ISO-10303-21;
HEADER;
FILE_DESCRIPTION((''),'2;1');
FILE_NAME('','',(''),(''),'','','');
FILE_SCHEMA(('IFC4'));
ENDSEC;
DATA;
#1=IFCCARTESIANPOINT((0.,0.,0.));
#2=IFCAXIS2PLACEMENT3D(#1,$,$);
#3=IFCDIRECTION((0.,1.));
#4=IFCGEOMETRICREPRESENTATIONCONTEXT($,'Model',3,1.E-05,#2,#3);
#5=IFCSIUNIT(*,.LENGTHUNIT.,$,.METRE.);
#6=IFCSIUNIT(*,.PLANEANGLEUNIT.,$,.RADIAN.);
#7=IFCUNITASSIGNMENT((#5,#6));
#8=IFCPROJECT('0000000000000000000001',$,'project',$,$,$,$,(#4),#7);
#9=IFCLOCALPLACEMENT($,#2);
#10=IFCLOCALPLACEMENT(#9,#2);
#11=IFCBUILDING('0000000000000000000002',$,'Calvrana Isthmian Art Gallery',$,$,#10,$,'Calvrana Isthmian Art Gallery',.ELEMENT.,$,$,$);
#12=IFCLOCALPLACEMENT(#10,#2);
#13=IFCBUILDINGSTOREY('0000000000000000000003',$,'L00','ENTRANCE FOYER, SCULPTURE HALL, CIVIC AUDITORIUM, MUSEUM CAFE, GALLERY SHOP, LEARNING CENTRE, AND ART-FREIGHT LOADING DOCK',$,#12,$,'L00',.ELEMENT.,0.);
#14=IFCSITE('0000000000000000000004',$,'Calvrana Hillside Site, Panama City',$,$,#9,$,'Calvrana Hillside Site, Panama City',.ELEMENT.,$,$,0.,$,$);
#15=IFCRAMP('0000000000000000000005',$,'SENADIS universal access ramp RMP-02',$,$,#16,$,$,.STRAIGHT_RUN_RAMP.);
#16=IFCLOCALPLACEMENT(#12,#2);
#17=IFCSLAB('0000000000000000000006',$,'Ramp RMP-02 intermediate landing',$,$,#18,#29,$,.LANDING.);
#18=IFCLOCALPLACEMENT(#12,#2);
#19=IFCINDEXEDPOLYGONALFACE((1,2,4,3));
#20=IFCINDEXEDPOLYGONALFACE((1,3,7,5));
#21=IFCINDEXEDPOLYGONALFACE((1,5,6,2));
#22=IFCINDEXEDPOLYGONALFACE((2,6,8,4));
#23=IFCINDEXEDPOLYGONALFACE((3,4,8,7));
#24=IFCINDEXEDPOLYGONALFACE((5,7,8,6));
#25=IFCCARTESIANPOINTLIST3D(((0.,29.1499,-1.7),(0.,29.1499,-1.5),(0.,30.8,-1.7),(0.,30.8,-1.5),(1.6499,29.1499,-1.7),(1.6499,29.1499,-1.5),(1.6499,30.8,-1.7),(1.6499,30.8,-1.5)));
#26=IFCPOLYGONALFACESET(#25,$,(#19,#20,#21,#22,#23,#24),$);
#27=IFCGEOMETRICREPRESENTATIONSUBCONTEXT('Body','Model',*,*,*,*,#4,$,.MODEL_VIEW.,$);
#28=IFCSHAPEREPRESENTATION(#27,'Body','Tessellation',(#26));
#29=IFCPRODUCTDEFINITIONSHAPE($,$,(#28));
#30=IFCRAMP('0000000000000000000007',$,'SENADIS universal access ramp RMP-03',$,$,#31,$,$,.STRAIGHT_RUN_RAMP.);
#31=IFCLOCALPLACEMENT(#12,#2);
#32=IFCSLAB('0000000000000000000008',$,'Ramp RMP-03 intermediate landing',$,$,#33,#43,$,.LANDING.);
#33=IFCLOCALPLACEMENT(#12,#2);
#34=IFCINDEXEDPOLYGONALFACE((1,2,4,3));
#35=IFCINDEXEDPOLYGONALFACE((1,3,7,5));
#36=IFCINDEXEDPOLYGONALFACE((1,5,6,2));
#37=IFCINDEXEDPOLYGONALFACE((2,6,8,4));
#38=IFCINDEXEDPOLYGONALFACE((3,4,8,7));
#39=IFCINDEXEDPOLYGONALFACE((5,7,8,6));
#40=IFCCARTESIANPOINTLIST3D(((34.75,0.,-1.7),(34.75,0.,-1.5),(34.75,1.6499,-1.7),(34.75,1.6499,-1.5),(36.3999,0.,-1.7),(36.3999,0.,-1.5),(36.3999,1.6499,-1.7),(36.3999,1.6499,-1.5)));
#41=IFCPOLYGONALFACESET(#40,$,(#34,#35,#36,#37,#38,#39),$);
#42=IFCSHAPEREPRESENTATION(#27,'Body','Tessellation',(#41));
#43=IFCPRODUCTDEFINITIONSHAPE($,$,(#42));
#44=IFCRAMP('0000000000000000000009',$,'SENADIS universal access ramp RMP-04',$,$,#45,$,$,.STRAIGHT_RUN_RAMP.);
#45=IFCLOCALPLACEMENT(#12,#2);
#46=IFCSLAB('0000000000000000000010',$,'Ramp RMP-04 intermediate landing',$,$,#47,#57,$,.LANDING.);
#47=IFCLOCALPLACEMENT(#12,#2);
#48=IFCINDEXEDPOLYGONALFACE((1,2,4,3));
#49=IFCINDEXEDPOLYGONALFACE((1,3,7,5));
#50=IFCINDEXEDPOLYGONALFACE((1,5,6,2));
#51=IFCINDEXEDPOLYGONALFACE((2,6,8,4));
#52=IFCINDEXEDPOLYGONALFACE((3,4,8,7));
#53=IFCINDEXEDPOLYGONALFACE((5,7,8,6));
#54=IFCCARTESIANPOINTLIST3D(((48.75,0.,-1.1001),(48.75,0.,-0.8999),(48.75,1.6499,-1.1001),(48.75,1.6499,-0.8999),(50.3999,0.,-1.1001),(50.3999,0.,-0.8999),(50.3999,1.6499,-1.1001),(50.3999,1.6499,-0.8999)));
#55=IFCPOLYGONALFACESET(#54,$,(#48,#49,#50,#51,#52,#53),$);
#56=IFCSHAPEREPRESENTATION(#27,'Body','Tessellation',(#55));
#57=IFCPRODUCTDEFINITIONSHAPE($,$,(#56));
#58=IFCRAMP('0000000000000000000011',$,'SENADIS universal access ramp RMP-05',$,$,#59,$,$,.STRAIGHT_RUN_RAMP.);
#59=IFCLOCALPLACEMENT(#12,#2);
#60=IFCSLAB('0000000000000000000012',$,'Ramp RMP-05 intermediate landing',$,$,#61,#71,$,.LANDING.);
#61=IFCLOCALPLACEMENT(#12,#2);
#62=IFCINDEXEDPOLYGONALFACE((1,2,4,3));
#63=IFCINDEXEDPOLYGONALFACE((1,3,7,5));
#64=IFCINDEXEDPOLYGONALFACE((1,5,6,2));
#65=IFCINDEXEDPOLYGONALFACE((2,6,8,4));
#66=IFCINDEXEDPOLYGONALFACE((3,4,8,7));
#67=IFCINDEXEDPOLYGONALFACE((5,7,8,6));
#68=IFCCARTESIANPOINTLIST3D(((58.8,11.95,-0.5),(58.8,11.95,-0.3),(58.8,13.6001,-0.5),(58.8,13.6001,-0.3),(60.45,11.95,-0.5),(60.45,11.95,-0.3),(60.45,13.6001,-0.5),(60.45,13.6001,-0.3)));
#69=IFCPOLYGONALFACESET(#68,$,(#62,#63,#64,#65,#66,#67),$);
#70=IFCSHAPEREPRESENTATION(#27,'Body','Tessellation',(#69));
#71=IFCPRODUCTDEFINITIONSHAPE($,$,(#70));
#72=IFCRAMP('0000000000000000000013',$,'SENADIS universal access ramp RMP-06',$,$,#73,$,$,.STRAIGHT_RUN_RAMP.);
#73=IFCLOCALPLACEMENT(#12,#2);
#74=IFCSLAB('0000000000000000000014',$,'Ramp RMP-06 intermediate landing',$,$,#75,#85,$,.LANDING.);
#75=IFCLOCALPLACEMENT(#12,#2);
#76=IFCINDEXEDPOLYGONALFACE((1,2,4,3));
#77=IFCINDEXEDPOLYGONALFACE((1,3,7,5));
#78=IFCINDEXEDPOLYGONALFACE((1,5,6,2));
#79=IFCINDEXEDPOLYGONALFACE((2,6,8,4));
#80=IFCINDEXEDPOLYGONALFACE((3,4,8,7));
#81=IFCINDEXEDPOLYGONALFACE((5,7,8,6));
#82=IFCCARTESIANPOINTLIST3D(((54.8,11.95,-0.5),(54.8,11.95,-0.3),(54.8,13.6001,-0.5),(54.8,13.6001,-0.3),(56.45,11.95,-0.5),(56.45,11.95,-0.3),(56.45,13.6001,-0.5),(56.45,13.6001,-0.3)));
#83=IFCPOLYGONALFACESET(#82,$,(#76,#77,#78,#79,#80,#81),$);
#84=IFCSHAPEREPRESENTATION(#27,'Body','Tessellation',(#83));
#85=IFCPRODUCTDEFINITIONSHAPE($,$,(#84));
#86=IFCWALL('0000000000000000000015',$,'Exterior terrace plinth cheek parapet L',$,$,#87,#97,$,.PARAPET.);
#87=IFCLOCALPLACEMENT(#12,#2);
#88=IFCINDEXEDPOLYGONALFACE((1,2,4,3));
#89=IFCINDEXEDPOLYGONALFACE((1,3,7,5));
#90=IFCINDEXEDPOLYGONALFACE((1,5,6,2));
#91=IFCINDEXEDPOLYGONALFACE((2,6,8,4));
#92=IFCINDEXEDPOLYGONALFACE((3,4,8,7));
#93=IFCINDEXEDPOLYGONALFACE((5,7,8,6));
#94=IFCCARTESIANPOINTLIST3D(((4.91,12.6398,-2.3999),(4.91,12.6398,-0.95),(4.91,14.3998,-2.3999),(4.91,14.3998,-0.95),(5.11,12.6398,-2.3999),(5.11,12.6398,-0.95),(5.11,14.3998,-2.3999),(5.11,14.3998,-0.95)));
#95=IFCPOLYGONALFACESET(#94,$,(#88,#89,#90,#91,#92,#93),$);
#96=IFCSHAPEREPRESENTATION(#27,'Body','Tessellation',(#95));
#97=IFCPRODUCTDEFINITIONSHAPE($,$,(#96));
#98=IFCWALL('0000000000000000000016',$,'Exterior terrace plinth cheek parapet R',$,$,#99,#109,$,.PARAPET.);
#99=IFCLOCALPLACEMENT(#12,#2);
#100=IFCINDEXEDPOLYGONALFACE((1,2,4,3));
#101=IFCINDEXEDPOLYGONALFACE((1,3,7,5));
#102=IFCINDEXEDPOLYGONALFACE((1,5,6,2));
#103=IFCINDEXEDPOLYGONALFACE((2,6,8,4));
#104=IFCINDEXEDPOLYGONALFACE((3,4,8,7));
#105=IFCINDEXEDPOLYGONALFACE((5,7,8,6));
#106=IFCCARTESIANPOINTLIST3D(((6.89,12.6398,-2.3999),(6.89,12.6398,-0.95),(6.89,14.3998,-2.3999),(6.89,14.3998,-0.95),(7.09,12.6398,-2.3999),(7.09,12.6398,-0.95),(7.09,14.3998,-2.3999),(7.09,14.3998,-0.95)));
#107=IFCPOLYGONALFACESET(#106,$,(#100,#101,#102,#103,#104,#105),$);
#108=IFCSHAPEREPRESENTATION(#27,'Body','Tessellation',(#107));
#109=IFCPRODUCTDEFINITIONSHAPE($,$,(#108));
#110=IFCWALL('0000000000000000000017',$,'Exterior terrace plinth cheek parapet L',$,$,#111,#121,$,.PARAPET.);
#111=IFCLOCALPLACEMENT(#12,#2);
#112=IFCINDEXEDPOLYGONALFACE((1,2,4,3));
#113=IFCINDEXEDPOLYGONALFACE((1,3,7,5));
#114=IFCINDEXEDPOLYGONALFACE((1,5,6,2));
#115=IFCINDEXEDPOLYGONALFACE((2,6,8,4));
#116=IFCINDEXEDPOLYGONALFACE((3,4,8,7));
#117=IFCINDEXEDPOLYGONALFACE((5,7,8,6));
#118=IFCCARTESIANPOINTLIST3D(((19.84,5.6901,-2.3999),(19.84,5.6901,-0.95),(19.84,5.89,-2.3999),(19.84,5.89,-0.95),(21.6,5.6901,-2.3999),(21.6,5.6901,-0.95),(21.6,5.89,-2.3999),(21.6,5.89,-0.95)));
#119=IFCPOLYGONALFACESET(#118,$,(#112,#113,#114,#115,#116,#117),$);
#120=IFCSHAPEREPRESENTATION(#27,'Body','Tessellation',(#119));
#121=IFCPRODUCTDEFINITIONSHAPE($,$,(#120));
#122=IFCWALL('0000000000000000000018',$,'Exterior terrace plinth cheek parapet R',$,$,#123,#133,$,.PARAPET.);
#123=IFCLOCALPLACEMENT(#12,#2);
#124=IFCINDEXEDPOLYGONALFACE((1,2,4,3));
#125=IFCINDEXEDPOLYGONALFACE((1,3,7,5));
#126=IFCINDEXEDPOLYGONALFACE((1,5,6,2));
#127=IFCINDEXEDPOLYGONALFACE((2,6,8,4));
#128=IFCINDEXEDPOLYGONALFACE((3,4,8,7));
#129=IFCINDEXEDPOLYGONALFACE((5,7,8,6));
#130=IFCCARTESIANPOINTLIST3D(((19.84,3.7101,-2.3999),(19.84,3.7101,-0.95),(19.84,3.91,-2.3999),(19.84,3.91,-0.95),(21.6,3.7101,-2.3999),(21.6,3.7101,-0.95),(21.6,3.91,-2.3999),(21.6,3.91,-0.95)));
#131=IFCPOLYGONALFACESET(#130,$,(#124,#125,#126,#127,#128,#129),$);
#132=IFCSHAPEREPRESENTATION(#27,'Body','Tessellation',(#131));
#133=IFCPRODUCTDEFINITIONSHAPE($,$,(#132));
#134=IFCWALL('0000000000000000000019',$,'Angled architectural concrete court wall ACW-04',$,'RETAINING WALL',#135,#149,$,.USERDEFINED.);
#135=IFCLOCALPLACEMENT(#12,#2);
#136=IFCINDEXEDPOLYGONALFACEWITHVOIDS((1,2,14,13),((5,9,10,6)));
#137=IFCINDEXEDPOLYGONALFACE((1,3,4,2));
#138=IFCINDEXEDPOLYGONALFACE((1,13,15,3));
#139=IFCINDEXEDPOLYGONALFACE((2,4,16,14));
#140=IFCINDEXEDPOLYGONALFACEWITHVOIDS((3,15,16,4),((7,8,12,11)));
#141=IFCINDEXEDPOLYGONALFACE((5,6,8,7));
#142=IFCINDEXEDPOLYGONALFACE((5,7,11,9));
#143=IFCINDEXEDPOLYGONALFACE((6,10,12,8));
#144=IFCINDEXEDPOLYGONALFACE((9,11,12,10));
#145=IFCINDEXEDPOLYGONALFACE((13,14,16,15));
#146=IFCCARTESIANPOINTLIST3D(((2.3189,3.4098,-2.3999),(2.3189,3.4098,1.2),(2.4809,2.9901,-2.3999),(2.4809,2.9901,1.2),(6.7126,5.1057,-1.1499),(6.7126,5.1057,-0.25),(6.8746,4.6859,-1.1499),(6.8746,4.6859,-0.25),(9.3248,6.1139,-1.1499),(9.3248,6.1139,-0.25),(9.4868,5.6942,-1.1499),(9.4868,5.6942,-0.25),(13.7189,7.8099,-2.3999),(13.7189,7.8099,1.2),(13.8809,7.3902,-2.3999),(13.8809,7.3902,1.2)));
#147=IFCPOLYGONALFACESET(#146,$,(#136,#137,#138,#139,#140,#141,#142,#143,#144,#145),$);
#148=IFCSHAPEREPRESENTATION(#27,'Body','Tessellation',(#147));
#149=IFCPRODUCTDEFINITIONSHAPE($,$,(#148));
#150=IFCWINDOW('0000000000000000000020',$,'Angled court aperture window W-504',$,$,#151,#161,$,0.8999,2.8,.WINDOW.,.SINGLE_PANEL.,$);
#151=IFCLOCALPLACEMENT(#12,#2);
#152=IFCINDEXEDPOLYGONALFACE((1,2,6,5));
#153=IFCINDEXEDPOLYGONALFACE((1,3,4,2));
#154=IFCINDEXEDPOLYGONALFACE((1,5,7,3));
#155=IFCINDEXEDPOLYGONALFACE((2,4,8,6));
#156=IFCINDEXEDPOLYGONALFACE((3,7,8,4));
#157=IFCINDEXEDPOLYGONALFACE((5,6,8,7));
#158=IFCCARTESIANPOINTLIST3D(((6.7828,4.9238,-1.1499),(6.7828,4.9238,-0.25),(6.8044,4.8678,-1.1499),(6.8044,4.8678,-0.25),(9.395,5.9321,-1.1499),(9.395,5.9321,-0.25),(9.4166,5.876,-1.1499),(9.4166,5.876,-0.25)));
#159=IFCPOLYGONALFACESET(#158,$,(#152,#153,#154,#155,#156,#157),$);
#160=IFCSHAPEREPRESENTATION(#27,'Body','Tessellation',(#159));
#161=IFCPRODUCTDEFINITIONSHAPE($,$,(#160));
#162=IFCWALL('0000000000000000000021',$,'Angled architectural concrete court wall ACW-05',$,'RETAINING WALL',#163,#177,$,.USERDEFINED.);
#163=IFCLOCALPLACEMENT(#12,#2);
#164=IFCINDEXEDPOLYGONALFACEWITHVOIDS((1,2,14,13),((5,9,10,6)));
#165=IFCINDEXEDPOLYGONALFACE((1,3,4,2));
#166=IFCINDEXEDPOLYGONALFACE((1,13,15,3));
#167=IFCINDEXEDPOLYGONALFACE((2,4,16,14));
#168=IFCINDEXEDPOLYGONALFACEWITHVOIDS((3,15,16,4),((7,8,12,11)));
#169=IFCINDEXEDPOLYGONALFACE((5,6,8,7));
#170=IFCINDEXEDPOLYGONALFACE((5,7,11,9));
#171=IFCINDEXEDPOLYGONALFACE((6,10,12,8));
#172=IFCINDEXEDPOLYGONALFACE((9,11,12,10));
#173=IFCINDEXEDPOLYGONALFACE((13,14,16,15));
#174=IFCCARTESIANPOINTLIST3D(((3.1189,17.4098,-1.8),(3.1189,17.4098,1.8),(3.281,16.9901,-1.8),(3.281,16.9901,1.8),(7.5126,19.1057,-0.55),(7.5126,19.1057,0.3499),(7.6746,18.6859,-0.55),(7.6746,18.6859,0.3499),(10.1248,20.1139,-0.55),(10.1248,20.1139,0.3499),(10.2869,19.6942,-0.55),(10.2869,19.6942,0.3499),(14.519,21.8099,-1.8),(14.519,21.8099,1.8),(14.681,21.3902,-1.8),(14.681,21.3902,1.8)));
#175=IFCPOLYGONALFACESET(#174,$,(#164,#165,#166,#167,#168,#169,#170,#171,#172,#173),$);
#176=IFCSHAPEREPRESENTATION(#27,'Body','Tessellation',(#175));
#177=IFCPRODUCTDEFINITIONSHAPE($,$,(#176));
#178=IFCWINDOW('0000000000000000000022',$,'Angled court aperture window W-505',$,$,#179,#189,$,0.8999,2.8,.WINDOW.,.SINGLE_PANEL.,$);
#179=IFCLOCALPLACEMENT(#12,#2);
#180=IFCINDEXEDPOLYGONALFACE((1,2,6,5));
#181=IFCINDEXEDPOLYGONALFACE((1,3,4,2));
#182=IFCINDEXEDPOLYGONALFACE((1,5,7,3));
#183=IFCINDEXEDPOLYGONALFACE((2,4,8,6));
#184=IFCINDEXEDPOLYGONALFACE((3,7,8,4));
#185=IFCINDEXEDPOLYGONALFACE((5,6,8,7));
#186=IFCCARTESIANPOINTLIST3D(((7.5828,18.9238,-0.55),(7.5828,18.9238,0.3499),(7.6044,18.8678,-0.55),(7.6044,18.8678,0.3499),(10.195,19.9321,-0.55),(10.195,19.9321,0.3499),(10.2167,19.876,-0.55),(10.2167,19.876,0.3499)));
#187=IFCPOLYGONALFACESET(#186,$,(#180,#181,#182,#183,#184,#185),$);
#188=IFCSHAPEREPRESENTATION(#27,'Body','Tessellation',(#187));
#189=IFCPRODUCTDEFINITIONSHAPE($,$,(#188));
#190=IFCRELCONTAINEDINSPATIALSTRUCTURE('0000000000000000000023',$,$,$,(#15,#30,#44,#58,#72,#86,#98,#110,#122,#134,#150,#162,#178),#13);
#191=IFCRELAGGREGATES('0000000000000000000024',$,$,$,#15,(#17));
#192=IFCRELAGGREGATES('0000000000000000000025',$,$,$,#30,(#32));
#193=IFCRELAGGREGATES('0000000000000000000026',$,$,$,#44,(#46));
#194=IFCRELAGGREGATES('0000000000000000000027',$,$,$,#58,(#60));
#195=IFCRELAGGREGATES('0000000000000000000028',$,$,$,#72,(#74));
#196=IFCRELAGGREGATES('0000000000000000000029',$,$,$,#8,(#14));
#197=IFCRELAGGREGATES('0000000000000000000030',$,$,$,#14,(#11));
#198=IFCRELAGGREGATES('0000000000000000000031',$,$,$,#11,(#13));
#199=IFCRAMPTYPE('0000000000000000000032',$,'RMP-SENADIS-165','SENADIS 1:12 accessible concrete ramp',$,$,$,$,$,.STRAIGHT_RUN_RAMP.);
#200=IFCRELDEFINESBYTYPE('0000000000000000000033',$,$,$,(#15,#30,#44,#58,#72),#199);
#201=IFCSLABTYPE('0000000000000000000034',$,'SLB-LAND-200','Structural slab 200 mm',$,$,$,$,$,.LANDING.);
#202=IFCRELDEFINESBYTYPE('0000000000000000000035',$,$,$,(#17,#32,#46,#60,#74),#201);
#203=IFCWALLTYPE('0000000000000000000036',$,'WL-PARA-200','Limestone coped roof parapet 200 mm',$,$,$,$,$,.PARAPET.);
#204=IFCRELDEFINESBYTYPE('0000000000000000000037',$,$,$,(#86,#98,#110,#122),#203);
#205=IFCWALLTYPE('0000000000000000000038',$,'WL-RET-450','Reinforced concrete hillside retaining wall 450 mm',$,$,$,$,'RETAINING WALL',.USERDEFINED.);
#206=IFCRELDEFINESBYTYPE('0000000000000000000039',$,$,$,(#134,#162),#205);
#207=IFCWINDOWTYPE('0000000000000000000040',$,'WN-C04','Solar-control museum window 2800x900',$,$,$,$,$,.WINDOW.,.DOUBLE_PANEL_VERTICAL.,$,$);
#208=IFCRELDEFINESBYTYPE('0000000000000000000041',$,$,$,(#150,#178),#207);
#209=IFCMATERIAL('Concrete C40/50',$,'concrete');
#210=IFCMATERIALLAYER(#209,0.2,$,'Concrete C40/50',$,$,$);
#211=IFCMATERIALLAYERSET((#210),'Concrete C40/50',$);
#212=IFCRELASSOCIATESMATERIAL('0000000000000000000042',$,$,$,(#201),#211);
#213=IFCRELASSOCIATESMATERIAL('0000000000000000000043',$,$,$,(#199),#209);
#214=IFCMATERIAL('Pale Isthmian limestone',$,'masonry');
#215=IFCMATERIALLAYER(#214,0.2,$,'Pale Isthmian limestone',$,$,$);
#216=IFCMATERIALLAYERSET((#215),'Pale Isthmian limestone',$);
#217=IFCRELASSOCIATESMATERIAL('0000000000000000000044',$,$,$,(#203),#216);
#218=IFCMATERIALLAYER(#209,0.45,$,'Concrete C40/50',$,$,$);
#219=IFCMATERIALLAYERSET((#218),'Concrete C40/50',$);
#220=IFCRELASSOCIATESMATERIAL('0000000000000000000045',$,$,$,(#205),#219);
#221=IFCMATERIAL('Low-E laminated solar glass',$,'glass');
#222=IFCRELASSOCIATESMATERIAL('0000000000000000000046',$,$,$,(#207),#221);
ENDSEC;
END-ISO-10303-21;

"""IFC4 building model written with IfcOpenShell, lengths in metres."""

from ifc_helpers import new_model, si_unit, direction, frame, frame_2d, origin, place, context, subcontext, project, spatial, polyline, rectangle, outline, extrude, material, layer, layer_set, type_object, element, fill, aggregate, save


model = new_model("IFC4")

# Units and contexts
model_context = context("Model", 3, precision=1e-05, world=origin(), true_north=direction((0.0, 1.0)))
body_context = subcontext(model_context, "Body", "Model", "MODEL_VIEW")
ifc_project = project(units=[si_unit("LENGTHUNIT", "METRE"), si_unit("PLANEANGLEUNIT", "RADIAN")], contexts=[model_context])

# Site, building, storey
site_placement = place(None, origin())
site = spatial("IfcSite", under=ifc_project, at=site_placement, Name="Calvrana Hillside Site, Panama City", LongName="Calvrana Hillside Site, Panama City", CompositionType="ELEMENT", RefElevation=0.0)
building_placement = place(site_placement, origin())
building = spatial("IfcBuilding", under=site, at=building_placement, Name="Calvrana Isthmian Art Gallery", LongName="Calvrana Isthmian Art Gallery", CompositionType="ELEMENT")
storey_placement = place(building_placement, origin())
storey = spatial("IfcBuildingStorey", under=building, at=storey_placement, Name="L00", Description="ENTRANCE FOYER, SCULPTURE HALL, CIVIC AUDITORIUM, MUSEUM CAFE, GALLERY SHOP, LEARNING CENTRE, AND ART-FREIGHT LOADING DOCK", LongName="L00", CompositionType="ELEMENT", Elevation=0.0)

# Shared definitions
ifc_material_1 = material(Name="Low-E laminated solar glass", Category="glass")

# Shared definitions
ifc_material_2 = material(Name="Concrete C40/50", Category="concrete")
ifc_layer_1 = layer(ifc_material_2, 0.2, Name="Concrete C40/50")
ifc_layer_set_1 = layer_set([ifc_layer_1], Name="Concrete C40/50")
slab_type = type_object("IfcSlabType", Name="SLB-LAND-200", Description="Structural slab 200 mm", PredefinedType="LANDING", material=ifc_layer_set_1)

# Ramps, slabs
ramp_type = type_object("IfcRampType", Name="RMP-SENADIS-165", Description="SENADIS 1:12 accessible concrete ramp", PredefinedType="STRAIGHT_RUN_RAMP", material=ifc_material_2)
ramp_1_placement = place(storey_placement, origin())
ramp_1 = element("IfcRamp", 1, at=ramp_1_placement, inside=storey, type_object=ramp_type, Name="SENADIS universal access ramp RMP-02", PredefinedType="STRAIGHT_RUN_RAMP")
slab_1_placement = place(storey_placement, frame((0.0, 0.0, -1.7)))
slab_1 = element("IfcSlab", 2, at=slab_1_placement, type_object=slab_type, Name="Ramp RMP-02 intermediate landing", PredefinedType="LANDING", context=body_context, shape_type="SweptSolid", body=[
    extrude(outline(polyline([(0.0, 29.1499), (1.6499, 29.1499), (1.6499, 30.8), (0.0, 30.8), (0.0, 29.1499)])), origin(), (0.0, 0.0, 1.0), 0.2),
])
aggregate(ramp_1, [slab_1])
ramp_2_placement = place(storey_placement, origin())
ramp_2 = element("IfcRamp", 3, at=ramp_2_placement, inside=storey, type_object=ramp_type, Name="SENADIS universal access ramp RMP-03", PredefinedType="STRAIGHT_RUN_RAMP")
slab_2_placement = place(storey_placement, frame((0.0, 0.0, -1.7)))
slab_2 = element("IfcSlab", 4, at=slab_2_placement, type_object=slab_type, Name="Ramp RMP-03 intermediate landing", PredefinedType="LANDING", context=body_context, shape_type="SweptSolid", body=[
    extrude(outline(polyline([(34.75, 0.0), (36.3999, 0.0), (36.3999, 1.6499), (34.75, 1.6499), (34.75, 0.0)])), origin(), (0.0, 0.0, 1.0), 0.2),
])
aggregate(ramp_2, [slab_2])
ramp_3_placement = place(storey_placement, origin())
ramp_3 = element("IfcRamp", 5, at=ramp_3_placement, inside=storey, type_object=ramp_type, Name="SENADIS universal access ramp RMP-04", PredefinedType="STRAIGHT_RUN_RAMP")
slab_3_placement = place(storey_placement, frame((0.0, 0.0, -1.1001)))
slab_3 = element("IfcSlab", 6, at=slab_3_placement, type_object=slab_type, Name="Ramp RMP-04 intermediate landing", PredefinedType="LANDING", context=body_context, shape_type="SweptSolid", body=[
    extrude(outline(polyline([(48.75, 0.0), (50.3999, 0.0), (50.3999, 1.6499), (48.75, 1.6499), (48.75, 0.0)])), origin(), (0.0, 0.0, 1.0), 0.2002),
])
aggregate(ramp_3, [slab_3])
ramp_4_placement = place(storey_placement, origin())
ramp_4 = element("IfcRamp", 7, at=ramp_4_placement, inside=storey, type_object=ramp_type, Name="SENADIS universal access ramp RMP-05", PredefinedType="STRAIGHT_RUN_RAMP")
slab_4_placement = place(storey_placement, frame((0.0, 0.0, -0.5)))
slab_4 = element("IfcSlab", 8, at=slab_4_placement, type_object=slab_type, Name="Ramp RMP-05 intermediate landing", PredefinedType="LANDING", context=body_context, shape_type="SweptSolid", body=[
    extrude(outline(polyline([(58.8, 11.95), (60.45, 11.95), (60.45, 13.6001), (58.8, 13.6001), (58.8, 11.95)])), origin(), (0.0, 0.0, 1.0), 0.2),
])
aggregate(ramp_4, [slab_4])
ramp_5_placement = place(storey_placement, origin())
ramp_5 = element("IfcRamp", 9, at=ramp_5_placement, inside=storey, type_object=ramp_type, Name="SENADIS universal access ramp RMP-06", PredefinedType="STRAIGHT_RUN_RAMP")
slab_5_placement = place(storey_placement, frame((0.0, 0.0, -0.5)))
slab_5 = element("IfcSlab", 10, at=slab_5_placement, type_object=slab_type, Name="Ramp RMP-06 intermediate landing", PredefinedType="LANDING", context=body_context, shape_type="SweptSolid", body=[
    extrude(outline(polyline([(54.8, 11.95), (56.45, 11.95), (56.45, 13.6001), (54.8, 13.6001), (54.8, 11.95)])), origin(), (0.0, 0.0, 1.0), 0.2),
])
aggregate(ramp_5, [slab_5])

# Walls
ifc_material_3 = material(Name="Pale Isthmian limestone", Category="masonry")
ifc_layer_2 = layer(ifc_material_3, 0.2, Name="Pale Isthmian limestone")
ifc_layer_set_2 = layer_set([ifc_layer_2], Name="Pale Isthmian limestone")
wall_type_1 = type_object("IfcWallType", Name="WL-PARA-200", Description="Limestone coped roof parapet 200 mm", PredefinedType="PARAPET", material=ifc_layer_set_2)
for number, where, z_axis, x_axis, name in (
    (11, (5.01, 12.6399, -2.3999), (0.0, 0.0, 1.0), (0.0, 1.0, 0.0), "Exterior terrace plinth cheek parapet L"),
    (12, (6.99, 12.6399, -2.3999), (0.0, 0.0, 1.0), (0.0, 1.0, 0.0), "Exterior terrace plinth cheek parapet R"),
    (13, (19.8401, 5.79, -2.3999), (0.0, 0.0, 1.0), (1.0, 0.0, 0.0), "Exterior terrace plinth cheek parapet L"),
    (14, (19.8401, 3.8101, -2.3999), (0.0, 0.0, 1.0), (1.0, 0.0, 0.0), "Exterior terrace plinth cheek parapet R"),
):
    element("IfcWall", number, at=place(storey_placement, frame(where, z_axis=z_axis, x_axis=x_axis)), inside=storey, type_object=wall_type_1, Name=name, PredefinedType="PARAPET", context=body_context, shape_type="SweptSolid", body=[
        extrude(rectangle(XDim=1.76, YDim=0.2, at=frame_2d((0.8799, 0.0))), origin(), (0.0, 0.0, 1.0), 1.45),
    ])

# Walls, openings, windows
ifc_layer_3 = layer(ifc_material_2, 0.45, Name="Concrete C40/50")
ifc_layer_set_3 = layer_set([ifc_layer_3], Name="Concrete C40/50")
wall_type_2 = type_object("IfcWallType", Name="WL-RET-450", Description="Reinforced concrete hillside retaining wall 450 mm", ElementType="RETAINING WALL", PredefinedType="USERDEFINED", material=ifc_layer_set_3)
wall_1_placement = place(storey_placement, frame((2.3999, 3.2, -2.3999), z_axis=(0.0, 0.0, 1.0), x_axis=(0.932921, 0.360082, 0.0)))
wall_1 = element("IfcWall", 15, at=wall_1_placement, inside=storey, type_object=wall_type_2, Name="Angled architectural concrete court wall ACW-04", ObjectType="RETAINING WALL", PredefinedType="USERDEFINED", context=body_context, shape_type="SweptSolid", body=[
    extrude(rectangle(XDim=12.2197, YDim=0.45, at=frame_2d((6.1099, 0.0))), origin(), (0.0, 0.0, 1.0), 3.5999),
])
opening_1_placement = place(wall_1_placement, frame((4.7097, 0.0, 1.25)))
opening_1 = element("IfcOpeningElement", 16, at=opening_1_placement, cuts=wall_1, PredefinedType="OPENING", context=body_context, shape_type="SweptSolid", body=[
    extrude(rectangle(XDim=2.8, YDim=0.8999, at=frame_2d((1.3999, 0.45))), frame((0.0, 0.2354, 0.0), z_axis=(0.0, -1.0, 0.0), x_axis=(1.0, 0.0, 0.0)), (0.0, 0.0, 1.0), 0.4705),
])
window_type = type_object("IfcWindowType", Name="WN-C04", Description="Solar-control museum window 2800x900", PartitioningType="DOUBLE_PANEL_VERTICAL", PredefinedType="WINDOW", material=ifc_material_1)
window_1_placement = place(opening_1_placement, origin())
window_1 = element("IfcWindow", 17, at=window_1_placement, inside=storey, type_object=window_type, Name="Angled court aperture window W-504", OverallHeight=0.8999, OverallWidth=2.8, PartitioningType="SINGLE_PANEL", PredefinedType="WINDOW", context=body_context, shape_type="SweptSolid", body=[
    extrude(rectangle(XDim=2.8, YDim=0.8999, at=frame_2d((1.3999, 0.45))), frame((0.0, 0.03, 0.0), z_axis=(0.0, -1.0, 0.0), x_axis=(1.0, 0.0, 0.0)), (0.0, 0.0, 1.0), 0.0601),
])
fill(opening_1, window_1)
wall_2_placement = place(storey_placement, frame((3.2, 17.2, -1.8), z_axis=(0.0, 0.0, 1.0), x_axis=(0.932921, 0.360082, 0.0)))
wall_2 = element("IfcWall", 18, at=wall_2_placement, inside=storey, type_object=wall_type_2, Name="Angled architectural concrete court wall ACW-05", ObjectType="RETAINING WALL", PredefinedType="USERDEFINED", context=body_context, shape_type="SweptSolid", body=[
    extrude(rectangle(XDim=12.2197, YDim=0.45, at=frame_2d((6.1099, 0.0))), origin(), (0.0, 0.0, 1.0), 3.6001),
])
opening_2_placement = place(wall_2_placement, frame((4.7097, 0.0, 1.25)))
opening_2 = element("IfcOpeningElement", 19, at=opening_2_placement, cuts=wall_2, PredefinedType="OPENING", context=body_context, shape_type="SweptSolid", body=[
    extrude(rectangle(XDim=2.8, YDim=0.8999, at=frame_2d((1.3999, 0.45))), frame((0.0, 0.2354, 0.0), z_axis=(0.0, -1.0, 0.0), x_axis=(1.0, 0.0, 0.0)), (0.0, 0.0, 1.0), 0.4705),
])
window_2_placement = place(opening_2_placement, origin())
window_2 = element("IfcWindow", 20, at=window_2_placement, inside=storey, type_object=window_type, Name="Angled court aperture window W-505", OverallHeight=0.8999, OverallWidth=2.8, PartitioningType="SINGLE_PANEL", PredefinedType="WINDOW", context=body_context, shape_type="SweptSolid", body=[
    extrude(rectangle(XDim=2.8, YDim=0.8999, at=frame_2d((1.3999, 0.45))), frame((0.0, 0.03, 0.0), z_axis=(0.0, -1.0, 0.0), x_axis=(1.0, 0.0, 0.0)), (0.0, 0.0, 1.0), 0.0601),
])
fill(opening_2, window_2)

save(model, "model.ifc")
